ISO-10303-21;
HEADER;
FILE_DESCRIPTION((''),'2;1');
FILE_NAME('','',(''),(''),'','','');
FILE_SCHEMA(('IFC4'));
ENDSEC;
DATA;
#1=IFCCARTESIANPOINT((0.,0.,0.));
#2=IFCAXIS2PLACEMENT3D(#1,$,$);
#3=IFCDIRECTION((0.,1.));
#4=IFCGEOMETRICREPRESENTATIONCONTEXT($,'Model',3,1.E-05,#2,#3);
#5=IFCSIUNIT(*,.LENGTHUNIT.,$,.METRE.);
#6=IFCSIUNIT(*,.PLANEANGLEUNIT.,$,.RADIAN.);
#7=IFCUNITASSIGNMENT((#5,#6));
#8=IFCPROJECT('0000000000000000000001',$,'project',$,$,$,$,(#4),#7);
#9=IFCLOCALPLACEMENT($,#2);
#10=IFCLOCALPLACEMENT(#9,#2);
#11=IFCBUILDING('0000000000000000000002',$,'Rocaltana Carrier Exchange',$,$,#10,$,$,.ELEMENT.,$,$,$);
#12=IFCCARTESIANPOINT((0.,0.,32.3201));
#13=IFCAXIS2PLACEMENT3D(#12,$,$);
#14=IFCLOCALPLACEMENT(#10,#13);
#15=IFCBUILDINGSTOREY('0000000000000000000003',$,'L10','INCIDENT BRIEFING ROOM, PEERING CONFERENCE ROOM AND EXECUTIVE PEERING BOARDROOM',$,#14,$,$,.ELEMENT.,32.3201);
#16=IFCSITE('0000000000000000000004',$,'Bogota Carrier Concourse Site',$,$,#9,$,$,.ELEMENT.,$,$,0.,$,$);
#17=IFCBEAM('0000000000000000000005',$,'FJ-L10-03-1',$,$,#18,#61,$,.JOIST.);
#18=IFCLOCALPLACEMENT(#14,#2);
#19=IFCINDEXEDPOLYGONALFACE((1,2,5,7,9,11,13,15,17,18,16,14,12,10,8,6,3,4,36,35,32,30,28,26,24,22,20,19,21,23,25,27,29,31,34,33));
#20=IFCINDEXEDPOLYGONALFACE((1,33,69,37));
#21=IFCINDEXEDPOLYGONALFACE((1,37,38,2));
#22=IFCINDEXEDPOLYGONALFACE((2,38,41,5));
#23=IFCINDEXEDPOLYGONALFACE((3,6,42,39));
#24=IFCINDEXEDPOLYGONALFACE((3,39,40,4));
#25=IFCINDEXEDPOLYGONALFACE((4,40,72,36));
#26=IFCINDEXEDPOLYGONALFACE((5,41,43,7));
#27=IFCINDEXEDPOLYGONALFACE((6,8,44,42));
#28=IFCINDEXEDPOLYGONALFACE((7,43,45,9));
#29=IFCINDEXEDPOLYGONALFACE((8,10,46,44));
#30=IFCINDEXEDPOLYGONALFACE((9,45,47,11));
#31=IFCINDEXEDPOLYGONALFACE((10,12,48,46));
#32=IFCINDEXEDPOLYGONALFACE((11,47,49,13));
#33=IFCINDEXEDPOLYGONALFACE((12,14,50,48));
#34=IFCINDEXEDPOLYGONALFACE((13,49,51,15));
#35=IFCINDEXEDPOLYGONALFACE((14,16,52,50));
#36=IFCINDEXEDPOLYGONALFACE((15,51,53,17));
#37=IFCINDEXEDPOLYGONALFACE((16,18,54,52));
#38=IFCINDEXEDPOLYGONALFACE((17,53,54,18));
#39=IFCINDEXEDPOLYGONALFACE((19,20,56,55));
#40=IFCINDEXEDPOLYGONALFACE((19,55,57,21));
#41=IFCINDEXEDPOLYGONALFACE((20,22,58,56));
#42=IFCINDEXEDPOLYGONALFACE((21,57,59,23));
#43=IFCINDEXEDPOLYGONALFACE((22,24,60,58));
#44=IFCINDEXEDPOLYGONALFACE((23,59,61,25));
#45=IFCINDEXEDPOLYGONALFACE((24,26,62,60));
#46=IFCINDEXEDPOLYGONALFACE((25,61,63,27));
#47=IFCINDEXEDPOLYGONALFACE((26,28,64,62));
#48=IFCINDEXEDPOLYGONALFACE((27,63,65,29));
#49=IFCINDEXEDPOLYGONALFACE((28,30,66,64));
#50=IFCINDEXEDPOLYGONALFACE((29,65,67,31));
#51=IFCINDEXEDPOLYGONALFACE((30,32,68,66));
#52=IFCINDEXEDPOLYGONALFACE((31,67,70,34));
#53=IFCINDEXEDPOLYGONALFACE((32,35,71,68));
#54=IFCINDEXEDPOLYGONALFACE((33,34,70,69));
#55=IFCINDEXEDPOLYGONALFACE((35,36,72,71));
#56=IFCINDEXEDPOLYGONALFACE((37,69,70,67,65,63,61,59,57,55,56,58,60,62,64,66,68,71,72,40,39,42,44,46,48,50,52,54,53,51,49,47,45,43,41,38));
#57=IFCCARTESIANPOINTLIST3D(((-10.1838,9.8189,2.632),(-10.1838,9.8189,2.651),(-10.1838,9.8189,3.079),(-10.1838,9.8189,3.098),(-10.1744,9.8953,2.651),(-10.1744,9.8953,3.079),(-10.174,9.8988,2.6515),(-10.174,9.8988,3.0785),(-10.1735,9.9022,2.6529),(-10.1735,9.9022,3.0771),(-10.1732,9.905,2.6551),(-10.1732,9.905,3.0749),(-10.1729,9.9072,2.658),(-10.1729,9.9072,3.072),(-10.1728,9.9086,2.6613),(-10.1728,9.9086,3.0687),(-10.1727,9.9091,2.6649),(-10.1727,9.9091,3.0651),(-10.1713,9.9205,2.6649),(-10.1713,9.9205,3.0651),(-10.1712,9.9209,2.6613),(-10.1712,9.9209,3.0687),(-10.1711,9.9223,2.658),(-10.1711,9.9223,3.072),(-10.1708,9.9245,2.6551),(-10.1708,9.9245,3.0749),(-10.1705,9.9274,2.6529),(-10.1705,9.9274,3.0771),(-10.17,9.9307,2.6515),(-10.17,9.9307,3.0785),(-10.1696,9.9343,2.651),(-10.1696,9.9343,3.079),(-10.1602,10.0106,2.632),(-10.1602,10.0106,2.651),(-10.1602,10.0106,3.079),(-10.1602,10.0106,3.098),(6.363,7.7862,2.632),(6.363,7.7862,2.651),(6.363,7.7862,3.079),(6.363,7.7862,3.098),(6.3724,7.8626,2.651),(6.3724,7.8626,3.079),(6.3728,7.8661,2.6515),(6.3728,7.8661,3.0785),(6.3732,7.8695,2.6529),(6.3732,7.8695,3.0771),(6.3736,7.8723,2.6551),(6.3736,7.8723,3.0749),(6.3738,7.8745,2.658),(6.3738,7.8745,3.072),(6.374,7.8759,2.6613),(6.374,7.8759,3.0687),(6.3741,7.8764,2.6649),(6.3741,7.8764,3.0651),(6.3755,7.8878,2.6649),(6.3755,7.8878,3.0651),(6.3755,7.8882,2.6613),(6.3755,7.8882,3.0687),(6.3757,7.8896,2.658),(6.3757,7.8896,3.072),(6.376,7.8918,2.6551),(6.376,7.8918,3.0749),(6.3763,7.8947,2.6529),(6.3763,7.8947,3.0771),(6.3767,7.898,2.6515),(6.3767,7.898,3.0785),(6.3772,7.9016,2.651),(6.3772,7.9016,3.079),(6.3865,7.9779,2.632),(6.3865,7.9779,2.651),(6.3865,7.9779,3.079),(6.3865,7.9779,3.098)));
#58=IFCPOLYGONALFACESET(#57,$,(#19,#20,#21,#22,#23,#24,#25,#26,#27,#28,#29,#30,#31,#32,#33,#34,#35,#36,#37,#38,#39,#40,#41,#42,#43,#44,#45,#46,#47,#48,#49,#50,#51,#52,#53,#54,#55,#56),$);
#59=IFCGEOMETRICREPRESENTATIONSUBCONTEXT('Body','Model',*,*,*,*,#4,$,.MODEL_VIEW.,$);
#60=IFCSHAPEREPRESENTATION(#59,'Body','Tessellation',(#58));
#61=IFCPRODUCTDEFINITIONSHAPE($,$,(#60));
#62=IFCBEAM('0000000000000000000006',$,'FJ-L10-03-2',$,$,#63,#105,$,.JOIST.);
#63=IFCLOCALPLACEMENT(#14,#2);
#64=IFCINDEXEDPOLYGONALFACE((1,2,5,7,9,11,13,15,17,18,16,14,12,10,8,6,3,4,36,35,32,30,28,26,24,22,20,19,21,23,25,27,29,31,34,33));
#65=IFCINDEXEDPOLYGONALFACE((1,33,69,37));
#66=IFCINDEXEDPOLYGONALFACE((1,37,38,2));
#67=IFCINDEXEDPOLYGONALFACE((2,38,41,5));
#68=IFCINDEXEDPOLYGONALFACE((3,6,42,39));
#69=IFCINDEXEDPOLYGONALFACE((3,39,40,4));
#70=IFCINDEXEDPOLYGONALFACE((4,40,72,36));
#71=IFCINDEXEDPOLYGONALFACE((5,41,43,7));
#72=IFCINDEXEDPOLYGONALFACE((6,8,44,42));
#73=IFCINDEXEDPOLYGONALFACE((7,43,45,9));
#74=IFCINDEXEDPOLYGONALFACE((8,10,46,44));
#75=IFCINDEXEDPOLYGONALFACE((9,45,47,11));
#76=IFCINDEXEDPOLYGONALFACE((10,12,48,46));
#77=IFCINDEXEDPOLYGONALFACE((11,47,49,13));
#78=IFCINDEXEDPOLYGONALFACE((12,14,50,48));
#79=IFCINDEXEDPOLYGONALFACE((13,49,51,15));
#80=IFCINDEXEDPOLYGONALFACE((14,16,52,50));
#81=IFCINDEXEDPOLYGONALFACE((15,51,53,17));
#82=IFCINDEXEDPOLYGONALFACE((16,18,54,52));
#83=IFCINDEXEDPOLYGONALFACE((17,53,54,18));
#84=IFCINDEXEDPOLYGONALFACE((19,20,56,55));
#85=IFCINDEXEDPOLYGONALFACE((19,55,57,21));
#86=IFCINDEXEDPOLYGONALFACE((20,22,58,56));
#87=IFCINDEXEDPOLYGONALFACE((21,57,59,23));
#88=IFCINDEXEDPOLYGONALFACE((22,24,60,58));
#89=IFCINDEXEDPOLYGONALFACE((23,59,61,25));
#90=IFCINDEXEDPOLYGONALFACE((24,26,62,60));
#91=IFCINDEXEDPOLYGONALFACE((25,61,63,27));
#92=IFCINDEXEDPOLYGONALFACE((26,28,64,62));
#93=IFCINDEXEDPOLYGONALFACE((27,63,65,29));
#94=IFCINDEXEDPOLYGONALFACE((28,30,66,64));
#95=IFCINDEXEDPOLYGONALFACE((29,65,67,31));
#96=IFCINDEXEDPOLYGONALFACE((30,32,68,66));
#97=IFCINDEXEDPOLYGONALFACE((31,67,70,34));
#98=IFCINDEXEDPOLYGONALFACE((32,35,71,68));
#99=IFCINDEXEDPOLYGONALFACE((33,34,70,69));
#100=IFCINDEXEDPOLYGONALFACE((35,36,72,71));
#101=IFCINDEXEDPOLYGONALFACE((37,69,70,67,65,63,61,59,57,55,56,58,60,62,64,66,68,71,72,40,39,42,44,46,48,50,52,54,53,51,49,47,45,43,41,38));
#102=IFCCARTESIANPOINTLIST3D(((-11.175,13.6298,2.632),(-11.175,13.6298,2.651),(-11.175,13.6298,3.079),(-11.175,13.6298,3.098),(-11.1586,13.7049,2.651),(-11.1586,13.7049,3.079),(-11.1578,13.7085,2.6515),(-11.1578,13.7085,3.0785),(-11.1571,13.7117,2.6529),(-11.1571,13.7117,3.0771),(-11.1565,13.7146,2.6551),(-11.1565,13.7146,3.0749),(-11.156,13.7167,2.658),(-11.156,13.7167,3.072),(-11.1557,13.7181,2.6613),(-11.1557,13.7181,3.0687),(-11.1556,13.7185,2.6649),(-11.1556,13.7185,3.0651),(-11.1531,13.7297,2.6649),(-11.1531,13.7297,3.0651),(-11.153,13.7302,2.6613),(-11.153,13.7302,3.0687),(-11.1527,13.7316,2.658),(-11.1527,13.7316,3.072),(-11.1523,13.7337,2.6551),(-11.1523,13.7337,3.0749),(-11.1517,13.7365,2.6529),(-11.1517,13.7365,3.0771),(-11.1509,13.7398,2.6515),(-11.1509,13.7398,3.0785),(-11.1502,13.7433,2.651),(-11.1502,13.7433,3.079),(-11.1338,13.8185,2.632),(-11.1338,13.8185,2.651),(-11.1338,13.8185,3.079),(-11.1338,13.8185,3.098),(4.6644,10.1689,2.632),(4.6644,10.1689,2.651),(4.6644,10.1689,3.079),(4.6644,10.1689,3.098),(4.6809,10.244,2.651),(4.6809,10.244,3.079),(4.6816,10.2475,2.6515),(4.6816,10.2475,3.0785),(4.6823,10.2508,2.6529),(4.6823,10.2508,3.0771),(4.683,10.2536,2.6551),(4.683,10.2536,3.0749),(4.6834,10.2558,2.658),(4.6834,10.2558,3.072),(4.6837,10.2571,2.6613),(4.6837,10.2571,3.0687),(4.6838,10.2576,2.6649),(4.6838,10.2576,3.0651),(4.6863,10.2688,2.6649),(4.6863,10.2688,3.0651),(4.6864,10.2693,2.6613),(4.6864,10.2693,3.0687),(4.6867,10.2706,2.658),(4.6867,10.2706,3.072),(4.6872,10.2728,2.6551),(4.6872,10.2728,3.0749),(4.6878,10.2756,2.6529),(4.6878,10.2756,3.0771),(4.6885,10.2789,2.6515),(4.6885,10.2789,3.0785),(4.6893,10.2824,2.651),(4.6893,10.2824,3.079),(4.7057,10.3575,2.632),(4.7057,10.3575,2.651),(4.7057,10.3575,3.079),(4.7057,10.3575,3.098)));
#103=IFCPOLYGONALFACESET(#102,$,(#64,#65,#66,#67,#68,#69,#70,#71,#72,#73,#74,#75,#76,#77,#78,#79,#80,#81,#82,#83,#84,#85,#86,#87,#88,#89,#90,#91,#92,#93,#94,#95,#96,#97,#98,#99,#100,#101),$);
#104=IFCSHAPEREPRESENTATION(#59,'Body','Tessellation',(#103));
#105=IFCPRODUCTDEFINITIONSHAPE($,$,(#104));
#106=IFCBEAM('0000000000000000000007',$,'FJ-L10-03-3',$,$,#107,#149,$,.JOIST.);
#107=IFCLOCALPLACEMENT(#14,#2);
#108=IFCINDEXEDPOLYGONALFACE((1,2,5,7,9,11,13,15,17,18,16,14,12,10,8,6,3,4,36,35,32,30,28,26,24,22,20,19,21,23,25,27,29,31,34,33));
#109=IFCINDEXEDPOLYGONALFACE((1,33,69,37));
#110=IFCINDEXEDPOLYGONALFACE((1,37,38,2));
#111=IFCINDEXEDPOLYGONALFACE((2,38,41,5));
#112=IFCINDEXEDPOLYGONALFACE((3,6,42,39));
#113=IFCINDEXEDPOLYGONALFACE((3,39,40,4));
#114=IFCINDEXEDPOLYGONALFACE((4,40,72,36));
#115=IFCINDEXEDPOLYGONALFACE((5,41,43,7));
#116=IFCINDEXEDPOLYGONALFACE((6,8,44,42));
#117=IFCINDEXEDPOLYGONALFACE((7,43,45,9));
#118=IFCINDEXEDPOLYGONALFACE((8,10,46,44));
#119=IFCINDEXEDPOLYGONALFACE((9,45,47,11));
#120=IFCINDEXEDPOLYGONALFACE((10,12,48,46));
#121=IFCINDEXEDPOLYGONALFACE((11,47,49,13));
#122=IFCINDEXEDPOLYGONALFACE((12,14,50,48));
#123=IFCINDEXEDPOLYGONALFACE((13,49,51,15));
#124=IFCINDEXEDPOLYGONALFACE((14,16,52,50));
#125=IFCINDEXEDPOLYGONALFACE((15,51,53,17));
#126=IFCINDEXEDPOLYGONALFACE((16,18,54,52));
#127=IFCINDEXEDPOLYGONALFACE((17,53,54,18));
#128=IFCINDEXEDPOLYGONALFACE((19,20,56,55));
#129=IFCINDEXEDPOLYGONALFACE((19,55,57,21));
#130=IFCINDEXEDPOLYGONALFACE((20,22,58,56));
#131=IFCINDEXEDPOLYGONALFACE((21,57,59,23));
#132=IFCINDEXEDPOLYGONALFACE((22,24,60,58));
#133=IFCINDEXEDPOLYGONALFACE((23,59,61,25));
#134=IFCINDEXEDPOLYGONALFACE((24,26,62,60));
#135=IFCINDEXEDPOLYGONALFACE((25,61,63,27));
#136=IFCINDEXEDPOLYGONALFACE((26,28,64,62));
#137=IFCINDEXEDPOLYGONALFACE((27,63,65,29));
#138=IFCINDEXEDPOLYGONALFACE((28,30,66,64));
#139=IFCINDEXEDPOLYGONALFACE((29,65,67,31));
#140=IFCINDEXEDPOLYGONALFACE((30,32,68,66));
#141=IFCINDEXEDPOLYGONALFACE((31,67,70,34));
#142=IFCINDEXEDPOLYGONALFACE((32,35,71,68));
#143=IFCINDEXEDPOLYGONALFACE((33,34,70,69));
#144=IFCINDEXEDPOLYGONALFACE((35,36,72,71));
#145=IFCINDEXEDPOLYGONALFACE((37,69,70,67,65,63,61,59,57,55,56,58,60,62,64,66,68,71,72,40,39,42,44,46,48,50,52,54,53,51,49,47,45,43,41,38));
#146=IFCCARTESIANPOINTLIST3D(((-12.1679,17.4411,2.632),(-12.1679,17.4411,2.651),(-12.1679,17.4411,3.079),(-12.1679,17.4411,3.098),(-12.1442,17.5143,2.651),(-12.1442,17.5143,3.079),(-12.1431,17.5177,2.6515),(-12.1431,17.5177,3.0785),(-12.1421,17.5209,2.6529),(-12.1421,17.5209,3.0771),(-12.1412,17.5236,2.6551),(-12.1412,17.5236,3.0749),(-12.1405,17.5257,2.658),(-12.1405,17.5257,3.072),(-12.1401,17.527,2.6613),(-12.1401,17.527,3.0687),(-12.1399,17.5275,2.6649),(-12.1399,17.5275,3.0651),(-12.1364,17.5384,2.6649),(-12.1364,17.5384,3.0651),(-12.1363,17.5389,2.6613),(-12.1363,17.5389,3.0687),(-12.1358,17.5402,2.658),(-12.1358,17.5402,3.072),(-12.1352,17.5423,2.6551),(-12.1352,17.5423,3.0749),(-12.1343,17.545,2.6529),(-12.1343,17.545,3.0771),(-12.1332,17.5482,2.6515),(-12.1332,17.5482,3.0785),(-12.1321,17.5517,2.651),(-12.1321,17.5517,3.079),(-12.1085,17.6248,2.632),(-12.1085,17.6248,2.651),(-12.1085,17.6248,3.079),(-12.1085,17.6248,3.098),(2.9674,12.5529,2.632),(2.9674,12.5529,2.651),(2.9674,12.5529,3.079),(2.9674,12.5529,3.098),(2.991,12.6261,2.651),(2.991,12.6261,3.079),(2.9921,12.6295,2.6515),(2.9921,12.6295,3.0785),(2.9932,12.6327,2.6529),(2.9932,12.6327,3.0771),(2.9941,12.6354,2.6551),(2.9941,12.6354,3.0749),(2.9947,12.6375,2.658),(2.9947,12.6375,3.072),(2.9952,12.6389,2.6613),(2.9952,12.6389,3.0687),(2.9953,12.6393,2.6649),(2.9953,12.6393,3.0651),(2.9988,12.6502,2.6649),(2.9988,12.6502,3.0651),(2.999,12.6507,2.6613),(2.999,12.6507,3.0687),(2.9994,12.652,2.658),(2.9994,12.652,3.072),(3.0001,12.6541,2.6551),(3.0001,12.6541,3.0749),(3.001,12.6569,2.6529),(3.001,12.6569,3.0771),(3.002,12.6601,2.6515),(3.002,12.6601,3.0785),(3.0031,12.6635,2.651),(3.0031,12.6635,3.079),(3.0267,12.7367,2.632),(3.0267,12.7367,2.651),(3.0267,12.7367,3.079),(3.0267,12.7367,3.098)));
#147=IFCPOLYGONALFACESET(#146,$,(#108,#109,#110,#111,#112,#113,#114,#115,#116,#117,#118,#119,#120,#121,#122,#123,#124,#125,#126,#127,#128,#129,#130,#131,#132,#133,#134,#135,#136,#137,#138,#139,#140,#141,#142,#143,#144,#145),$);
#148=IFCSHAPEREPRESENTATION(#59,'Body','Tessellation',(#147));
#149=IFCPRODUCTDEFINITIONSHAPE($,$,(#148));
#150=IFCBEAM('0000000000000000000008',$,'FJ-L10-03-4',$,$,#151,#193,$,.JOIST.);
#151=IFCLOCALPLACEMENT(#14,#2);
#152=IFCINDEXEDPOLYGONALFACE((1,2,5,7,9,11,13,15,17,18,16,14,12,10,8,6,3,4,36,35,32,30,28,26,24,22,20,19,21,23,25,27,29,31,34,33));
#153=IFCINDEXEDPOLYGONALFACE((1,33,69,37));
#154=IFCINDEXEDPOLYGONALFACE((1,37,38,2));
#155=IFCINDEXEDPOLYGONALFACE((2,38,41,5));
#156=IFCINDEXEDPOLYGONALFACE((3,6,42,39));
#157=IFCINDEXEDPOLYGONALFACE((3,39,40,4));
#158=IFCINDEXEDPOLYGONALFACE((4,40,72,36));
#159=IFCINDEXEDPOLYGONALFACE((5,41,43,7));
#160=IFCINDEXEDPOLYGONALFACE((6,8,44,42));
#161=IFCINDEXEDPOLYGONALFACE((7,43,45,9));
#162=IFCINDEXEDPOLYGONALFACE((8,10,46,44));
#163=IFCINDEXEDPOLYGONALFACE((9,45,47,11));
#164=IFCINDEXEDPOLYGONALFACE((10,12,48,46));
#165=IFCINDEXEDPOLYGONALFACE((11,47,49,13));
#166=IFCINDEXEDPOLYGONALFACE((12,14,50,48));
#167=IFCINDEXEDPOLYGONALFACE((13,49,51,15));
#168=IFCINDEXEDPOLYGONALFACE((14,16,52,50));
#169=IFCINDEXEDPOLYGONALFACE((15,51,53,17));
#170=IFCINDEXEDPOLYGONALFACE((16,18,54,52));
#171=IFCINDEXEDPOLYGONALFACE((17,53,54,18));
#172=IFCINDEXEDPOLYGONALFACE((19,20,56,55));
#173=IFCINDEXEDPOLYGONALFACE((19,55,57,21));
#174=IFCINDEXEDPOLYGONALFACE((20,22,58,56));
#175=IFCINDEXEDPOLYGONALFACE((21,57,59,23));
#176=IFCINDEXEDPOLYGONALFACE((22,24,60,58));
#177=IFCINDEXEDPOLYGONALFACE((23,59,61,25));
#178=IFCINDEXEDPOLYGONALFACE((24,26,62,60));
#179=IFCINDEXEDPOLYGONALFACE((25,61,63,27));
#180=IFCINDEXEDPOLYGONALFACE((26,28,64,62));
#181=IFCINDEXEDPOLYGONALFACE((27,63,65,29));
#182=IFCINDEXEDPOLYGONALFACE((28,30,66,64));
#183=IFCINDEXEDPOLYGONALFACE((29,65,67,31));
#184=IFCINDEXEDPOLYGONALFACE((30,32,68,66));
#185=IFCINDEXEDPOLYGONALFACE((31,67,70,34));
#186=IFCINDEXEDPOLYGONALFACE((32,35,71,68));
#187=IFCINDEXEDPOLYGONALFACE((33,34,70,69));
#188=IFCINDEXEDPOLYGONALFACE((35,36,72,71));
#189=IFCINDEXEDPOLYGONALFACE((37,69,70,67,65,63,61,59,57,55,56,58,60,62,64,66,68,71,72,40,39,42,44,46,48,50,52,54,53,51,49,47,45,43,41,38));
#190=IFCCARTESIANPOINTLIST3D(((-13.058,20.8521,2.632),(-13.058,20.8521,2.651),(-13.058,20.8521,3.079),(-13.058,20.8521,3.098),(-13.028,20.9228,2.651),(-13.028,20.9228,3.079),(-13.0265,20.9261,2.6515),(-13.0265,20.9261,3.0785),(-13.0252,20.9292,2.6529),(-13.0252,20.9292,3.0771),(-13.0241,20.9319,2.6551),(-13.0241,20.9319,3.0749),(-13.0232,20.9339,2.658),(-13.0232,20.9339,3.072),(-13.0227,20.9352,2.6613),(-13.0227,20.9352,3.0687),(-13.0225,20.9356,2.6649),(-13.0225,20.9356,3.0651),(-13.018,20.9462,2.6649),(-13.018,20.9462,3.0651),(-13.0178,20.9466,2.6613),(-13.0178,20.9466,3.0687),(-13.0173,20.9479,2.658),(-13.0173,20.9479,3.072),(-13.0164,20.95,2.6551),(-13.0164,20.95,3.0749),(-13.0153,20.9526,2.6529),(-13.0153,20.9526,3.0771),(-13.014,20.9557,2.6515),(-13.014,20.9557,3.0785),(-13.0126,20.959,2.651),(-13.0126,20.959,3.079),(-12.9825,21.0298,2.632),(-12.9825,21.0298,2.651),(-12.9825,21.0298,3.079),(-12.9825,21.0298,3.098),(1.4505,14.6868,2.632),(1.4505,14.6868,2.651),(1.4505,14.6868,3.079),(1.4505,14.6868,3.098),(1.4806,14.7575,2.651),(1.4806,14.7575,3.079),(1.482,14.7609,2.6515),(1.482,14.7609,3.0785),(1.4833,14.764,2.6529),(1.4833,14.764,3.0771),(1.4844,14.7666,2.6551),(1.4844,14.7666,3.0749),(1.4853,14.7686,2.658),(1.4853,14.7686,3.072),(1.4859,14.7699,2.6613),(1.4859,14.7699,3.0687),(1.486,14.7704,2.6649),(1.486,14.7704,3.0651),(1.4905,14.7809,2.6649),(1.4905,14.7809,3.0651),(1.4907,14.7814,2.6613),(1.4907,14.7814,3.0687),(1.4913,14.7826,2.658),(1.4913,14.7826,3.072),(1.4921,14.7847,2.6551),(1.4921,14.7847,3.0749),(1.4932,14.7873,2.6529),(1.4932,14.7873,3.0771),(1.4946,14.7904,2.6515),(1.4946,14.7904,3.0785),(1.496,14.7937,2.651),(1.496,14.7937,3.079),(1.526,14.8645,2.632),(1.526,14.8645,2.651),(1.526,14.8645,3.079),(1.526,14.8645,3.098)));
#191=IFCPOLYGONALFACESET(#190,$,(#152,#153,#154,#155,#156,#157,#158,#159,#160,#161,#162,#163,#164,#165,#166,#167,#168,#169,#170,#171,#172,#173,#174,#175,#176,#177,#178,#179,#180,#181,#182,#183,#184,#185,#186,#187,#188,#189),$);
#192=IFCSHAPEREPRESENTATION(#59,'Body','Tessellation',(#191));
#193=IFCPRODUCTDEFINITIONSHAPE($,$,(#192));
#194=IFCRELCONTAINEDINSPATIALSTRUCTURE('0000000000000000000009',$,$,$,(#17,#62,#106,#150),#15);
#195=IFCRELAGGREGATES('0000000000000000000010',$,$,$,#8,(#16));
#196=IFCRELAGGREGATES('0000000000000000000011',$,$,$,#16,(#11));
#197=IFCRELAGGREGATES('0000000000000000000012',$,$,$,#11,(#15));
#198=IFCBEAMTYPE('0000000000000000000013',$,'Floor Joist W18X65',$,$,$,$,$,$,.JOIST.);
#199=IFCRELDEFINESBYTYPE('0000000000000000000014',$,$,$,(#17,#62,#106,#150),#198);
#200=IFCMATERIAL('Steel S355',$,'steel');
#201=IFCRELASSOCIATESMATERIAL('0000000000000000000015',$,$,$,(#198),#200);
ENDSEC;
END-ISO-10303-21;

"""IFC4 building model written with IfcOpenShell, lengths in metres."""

from ifc_helpers import new_model, si_unit, direction, frame, origin, origin_2d, place, context, subcontext, project, spatial, i_section, extrude, material, material_profile, profile_set, type_object, element, save


model = new_model("IFC4")

# Units and contexts
model_context = context("Model", 3, precision=1e-05, world=origin(), true_north=direction((0.0, 1.0)))
body_context = subcontext(model_context, "Body", "Model", "MODEL_VIEW")
ifc_project = project(units=[si_unit("LENGTHUNIT", "METRE"), si_unit("PLANEANGLEUNIT", "RADIAN")], contexts=[model_context])

# Site, building, storey
site_placement = place(None, origin())
site = spatial("IfcSite", under=ifc_project, at=site_placement, Name="Bogota Carrier Concourse Site", CompositionType="ELEMENT", RefElevation=0.0)
building_placement = place(site_placement, origin())
building = spatial("IfcBuilding", under=site, at=building_placement, Name="Rocaltana Carrier Exchange", CompositionType="ELEMENT")
storey_placement = place(building_placement, frame((0.0, 0.0, 32.3201)))
storey = spatial("IfcBuildingStorey", under=building, at=storey_placement, Name="L10", Description="INCIDENT BRIEFING ROOM, PEERING CONFERENCE ROOM AND EXECUTIVE PEERING BOARDROOM", CompositionType="ELEMENT", Elevation=32.3201)

# Beams
ifc_material_1 = material(Name="Steel S355", Category="steel")
ifc_material_profile_1 = material_profile(ifc_material_1, i_section(OverallWidth=0.1931, OverallDepth=0.4661, WebThickness=0.0115, FlangeThickness=0.019, FilletRadius=0.0139, at=origin_2d()), Name="W18X65")
ifc_profile_set_1 = profile_set([ifc_material_profile_1], Name="Steel S355")
beam_type_1 = type_object("IfcBeamType", Name="Floor Joist W18X65", PredefinedType="JOIST", material=ifc_profile_set_1)
beam_1_placement = place(storey_placement, frame((6.3748, 7.8821, 2.865), z_axis=(-0.992539, 0.121929, 0.0), x_axis=(-0.121929, -0.992539, 0.0)))
element("IfcBeam", 1, at=beam_1_placement, inside=storey, type_object=beam_type_1, Name="FJ-L10-03-1", PredefinedType="JOIST", context=body_context, shape_type="SweptSolid", body=[
    extrude(i_section(OverallWidth=0.1931, OverallDepth=0.4661, WebThickness=0.0115, FlangeThickness=0.019, FilletRadius=0.0139, at=origin_2d()), origin(), (0.0, 0.0, 1.0), 16.6711),
])
beam_2_placement = place(storey_placement, frame((4.6851, 10.2632, 2.865), z_axis=(-0.97695, 0.213466, 0.0), x_axis=(-0.213466, -0.97695, 0.0)))
element("IfcBeam", 2, at=beam_2_placement, inside=storey, type_object=beam_type_1, Name="FJ-L10-03-2", PredefinedType="JOIST", context=body_context, shape_type="SweptSolid", body=[
    extrude(i_section(OverallWidth=0.1931, OverallDepth=0.4661, WebThickness=0.0115, FlangeThickness=0.019, FilletRadius=0.0139, at=origin_2d()), origin(), (0.0, 0.0, 1.0), 16.2131),
])
beam_3_placement = place(storey_placement, frame((2.9971, 12.6448, 2.865), z_axis=(-0.951601, 0.307336, 0.0), x_axis=(-0.307336, -0.951601, 0.0)))
element("IfcBeam", 3, at=beam_3_placement, inside=storey, type_object=beam_type_1, Name="FJ-L10-03-3", PredefinedType="JOIST", context=body_context, shape_type="SweptSolid", body=[
    extrude(i_section(OverallWidth=0.1931, OverallDepth=0.4661, WebThickness=0.0115, FlangeThickness=0.019, FilletRadius=0.0139, at=origin_2d()), origin(), (0.0, 0.0, 1.0), 15.905),
])
beam_4_placement = place(storey_placement, frame((1.4883, 14.7756, 2.865), z_axis=(-0.92035, 0.391095, 0.0), x_axis=(-0.391095, -0.92035, 0.0)))
element("IfcBeam", 4, at=beam_4_placement, inside=storey, type_object=beam_type_1, Name="FJ-L10-03-4", PredefinedType="JOIST", context=body_context, shape_type="SweptSolid", body=[
    extrude(i_section(OverallWidth=0.1931, OverallDepth=0.4661, WebThickness=0.0115, FlangeThickness=0.019, FilletRadius=0.0139, at=origin_2d()), origin(), (0.0, 0.0, 1.0), 15.7642),
])

save(model, "model.ifc")
